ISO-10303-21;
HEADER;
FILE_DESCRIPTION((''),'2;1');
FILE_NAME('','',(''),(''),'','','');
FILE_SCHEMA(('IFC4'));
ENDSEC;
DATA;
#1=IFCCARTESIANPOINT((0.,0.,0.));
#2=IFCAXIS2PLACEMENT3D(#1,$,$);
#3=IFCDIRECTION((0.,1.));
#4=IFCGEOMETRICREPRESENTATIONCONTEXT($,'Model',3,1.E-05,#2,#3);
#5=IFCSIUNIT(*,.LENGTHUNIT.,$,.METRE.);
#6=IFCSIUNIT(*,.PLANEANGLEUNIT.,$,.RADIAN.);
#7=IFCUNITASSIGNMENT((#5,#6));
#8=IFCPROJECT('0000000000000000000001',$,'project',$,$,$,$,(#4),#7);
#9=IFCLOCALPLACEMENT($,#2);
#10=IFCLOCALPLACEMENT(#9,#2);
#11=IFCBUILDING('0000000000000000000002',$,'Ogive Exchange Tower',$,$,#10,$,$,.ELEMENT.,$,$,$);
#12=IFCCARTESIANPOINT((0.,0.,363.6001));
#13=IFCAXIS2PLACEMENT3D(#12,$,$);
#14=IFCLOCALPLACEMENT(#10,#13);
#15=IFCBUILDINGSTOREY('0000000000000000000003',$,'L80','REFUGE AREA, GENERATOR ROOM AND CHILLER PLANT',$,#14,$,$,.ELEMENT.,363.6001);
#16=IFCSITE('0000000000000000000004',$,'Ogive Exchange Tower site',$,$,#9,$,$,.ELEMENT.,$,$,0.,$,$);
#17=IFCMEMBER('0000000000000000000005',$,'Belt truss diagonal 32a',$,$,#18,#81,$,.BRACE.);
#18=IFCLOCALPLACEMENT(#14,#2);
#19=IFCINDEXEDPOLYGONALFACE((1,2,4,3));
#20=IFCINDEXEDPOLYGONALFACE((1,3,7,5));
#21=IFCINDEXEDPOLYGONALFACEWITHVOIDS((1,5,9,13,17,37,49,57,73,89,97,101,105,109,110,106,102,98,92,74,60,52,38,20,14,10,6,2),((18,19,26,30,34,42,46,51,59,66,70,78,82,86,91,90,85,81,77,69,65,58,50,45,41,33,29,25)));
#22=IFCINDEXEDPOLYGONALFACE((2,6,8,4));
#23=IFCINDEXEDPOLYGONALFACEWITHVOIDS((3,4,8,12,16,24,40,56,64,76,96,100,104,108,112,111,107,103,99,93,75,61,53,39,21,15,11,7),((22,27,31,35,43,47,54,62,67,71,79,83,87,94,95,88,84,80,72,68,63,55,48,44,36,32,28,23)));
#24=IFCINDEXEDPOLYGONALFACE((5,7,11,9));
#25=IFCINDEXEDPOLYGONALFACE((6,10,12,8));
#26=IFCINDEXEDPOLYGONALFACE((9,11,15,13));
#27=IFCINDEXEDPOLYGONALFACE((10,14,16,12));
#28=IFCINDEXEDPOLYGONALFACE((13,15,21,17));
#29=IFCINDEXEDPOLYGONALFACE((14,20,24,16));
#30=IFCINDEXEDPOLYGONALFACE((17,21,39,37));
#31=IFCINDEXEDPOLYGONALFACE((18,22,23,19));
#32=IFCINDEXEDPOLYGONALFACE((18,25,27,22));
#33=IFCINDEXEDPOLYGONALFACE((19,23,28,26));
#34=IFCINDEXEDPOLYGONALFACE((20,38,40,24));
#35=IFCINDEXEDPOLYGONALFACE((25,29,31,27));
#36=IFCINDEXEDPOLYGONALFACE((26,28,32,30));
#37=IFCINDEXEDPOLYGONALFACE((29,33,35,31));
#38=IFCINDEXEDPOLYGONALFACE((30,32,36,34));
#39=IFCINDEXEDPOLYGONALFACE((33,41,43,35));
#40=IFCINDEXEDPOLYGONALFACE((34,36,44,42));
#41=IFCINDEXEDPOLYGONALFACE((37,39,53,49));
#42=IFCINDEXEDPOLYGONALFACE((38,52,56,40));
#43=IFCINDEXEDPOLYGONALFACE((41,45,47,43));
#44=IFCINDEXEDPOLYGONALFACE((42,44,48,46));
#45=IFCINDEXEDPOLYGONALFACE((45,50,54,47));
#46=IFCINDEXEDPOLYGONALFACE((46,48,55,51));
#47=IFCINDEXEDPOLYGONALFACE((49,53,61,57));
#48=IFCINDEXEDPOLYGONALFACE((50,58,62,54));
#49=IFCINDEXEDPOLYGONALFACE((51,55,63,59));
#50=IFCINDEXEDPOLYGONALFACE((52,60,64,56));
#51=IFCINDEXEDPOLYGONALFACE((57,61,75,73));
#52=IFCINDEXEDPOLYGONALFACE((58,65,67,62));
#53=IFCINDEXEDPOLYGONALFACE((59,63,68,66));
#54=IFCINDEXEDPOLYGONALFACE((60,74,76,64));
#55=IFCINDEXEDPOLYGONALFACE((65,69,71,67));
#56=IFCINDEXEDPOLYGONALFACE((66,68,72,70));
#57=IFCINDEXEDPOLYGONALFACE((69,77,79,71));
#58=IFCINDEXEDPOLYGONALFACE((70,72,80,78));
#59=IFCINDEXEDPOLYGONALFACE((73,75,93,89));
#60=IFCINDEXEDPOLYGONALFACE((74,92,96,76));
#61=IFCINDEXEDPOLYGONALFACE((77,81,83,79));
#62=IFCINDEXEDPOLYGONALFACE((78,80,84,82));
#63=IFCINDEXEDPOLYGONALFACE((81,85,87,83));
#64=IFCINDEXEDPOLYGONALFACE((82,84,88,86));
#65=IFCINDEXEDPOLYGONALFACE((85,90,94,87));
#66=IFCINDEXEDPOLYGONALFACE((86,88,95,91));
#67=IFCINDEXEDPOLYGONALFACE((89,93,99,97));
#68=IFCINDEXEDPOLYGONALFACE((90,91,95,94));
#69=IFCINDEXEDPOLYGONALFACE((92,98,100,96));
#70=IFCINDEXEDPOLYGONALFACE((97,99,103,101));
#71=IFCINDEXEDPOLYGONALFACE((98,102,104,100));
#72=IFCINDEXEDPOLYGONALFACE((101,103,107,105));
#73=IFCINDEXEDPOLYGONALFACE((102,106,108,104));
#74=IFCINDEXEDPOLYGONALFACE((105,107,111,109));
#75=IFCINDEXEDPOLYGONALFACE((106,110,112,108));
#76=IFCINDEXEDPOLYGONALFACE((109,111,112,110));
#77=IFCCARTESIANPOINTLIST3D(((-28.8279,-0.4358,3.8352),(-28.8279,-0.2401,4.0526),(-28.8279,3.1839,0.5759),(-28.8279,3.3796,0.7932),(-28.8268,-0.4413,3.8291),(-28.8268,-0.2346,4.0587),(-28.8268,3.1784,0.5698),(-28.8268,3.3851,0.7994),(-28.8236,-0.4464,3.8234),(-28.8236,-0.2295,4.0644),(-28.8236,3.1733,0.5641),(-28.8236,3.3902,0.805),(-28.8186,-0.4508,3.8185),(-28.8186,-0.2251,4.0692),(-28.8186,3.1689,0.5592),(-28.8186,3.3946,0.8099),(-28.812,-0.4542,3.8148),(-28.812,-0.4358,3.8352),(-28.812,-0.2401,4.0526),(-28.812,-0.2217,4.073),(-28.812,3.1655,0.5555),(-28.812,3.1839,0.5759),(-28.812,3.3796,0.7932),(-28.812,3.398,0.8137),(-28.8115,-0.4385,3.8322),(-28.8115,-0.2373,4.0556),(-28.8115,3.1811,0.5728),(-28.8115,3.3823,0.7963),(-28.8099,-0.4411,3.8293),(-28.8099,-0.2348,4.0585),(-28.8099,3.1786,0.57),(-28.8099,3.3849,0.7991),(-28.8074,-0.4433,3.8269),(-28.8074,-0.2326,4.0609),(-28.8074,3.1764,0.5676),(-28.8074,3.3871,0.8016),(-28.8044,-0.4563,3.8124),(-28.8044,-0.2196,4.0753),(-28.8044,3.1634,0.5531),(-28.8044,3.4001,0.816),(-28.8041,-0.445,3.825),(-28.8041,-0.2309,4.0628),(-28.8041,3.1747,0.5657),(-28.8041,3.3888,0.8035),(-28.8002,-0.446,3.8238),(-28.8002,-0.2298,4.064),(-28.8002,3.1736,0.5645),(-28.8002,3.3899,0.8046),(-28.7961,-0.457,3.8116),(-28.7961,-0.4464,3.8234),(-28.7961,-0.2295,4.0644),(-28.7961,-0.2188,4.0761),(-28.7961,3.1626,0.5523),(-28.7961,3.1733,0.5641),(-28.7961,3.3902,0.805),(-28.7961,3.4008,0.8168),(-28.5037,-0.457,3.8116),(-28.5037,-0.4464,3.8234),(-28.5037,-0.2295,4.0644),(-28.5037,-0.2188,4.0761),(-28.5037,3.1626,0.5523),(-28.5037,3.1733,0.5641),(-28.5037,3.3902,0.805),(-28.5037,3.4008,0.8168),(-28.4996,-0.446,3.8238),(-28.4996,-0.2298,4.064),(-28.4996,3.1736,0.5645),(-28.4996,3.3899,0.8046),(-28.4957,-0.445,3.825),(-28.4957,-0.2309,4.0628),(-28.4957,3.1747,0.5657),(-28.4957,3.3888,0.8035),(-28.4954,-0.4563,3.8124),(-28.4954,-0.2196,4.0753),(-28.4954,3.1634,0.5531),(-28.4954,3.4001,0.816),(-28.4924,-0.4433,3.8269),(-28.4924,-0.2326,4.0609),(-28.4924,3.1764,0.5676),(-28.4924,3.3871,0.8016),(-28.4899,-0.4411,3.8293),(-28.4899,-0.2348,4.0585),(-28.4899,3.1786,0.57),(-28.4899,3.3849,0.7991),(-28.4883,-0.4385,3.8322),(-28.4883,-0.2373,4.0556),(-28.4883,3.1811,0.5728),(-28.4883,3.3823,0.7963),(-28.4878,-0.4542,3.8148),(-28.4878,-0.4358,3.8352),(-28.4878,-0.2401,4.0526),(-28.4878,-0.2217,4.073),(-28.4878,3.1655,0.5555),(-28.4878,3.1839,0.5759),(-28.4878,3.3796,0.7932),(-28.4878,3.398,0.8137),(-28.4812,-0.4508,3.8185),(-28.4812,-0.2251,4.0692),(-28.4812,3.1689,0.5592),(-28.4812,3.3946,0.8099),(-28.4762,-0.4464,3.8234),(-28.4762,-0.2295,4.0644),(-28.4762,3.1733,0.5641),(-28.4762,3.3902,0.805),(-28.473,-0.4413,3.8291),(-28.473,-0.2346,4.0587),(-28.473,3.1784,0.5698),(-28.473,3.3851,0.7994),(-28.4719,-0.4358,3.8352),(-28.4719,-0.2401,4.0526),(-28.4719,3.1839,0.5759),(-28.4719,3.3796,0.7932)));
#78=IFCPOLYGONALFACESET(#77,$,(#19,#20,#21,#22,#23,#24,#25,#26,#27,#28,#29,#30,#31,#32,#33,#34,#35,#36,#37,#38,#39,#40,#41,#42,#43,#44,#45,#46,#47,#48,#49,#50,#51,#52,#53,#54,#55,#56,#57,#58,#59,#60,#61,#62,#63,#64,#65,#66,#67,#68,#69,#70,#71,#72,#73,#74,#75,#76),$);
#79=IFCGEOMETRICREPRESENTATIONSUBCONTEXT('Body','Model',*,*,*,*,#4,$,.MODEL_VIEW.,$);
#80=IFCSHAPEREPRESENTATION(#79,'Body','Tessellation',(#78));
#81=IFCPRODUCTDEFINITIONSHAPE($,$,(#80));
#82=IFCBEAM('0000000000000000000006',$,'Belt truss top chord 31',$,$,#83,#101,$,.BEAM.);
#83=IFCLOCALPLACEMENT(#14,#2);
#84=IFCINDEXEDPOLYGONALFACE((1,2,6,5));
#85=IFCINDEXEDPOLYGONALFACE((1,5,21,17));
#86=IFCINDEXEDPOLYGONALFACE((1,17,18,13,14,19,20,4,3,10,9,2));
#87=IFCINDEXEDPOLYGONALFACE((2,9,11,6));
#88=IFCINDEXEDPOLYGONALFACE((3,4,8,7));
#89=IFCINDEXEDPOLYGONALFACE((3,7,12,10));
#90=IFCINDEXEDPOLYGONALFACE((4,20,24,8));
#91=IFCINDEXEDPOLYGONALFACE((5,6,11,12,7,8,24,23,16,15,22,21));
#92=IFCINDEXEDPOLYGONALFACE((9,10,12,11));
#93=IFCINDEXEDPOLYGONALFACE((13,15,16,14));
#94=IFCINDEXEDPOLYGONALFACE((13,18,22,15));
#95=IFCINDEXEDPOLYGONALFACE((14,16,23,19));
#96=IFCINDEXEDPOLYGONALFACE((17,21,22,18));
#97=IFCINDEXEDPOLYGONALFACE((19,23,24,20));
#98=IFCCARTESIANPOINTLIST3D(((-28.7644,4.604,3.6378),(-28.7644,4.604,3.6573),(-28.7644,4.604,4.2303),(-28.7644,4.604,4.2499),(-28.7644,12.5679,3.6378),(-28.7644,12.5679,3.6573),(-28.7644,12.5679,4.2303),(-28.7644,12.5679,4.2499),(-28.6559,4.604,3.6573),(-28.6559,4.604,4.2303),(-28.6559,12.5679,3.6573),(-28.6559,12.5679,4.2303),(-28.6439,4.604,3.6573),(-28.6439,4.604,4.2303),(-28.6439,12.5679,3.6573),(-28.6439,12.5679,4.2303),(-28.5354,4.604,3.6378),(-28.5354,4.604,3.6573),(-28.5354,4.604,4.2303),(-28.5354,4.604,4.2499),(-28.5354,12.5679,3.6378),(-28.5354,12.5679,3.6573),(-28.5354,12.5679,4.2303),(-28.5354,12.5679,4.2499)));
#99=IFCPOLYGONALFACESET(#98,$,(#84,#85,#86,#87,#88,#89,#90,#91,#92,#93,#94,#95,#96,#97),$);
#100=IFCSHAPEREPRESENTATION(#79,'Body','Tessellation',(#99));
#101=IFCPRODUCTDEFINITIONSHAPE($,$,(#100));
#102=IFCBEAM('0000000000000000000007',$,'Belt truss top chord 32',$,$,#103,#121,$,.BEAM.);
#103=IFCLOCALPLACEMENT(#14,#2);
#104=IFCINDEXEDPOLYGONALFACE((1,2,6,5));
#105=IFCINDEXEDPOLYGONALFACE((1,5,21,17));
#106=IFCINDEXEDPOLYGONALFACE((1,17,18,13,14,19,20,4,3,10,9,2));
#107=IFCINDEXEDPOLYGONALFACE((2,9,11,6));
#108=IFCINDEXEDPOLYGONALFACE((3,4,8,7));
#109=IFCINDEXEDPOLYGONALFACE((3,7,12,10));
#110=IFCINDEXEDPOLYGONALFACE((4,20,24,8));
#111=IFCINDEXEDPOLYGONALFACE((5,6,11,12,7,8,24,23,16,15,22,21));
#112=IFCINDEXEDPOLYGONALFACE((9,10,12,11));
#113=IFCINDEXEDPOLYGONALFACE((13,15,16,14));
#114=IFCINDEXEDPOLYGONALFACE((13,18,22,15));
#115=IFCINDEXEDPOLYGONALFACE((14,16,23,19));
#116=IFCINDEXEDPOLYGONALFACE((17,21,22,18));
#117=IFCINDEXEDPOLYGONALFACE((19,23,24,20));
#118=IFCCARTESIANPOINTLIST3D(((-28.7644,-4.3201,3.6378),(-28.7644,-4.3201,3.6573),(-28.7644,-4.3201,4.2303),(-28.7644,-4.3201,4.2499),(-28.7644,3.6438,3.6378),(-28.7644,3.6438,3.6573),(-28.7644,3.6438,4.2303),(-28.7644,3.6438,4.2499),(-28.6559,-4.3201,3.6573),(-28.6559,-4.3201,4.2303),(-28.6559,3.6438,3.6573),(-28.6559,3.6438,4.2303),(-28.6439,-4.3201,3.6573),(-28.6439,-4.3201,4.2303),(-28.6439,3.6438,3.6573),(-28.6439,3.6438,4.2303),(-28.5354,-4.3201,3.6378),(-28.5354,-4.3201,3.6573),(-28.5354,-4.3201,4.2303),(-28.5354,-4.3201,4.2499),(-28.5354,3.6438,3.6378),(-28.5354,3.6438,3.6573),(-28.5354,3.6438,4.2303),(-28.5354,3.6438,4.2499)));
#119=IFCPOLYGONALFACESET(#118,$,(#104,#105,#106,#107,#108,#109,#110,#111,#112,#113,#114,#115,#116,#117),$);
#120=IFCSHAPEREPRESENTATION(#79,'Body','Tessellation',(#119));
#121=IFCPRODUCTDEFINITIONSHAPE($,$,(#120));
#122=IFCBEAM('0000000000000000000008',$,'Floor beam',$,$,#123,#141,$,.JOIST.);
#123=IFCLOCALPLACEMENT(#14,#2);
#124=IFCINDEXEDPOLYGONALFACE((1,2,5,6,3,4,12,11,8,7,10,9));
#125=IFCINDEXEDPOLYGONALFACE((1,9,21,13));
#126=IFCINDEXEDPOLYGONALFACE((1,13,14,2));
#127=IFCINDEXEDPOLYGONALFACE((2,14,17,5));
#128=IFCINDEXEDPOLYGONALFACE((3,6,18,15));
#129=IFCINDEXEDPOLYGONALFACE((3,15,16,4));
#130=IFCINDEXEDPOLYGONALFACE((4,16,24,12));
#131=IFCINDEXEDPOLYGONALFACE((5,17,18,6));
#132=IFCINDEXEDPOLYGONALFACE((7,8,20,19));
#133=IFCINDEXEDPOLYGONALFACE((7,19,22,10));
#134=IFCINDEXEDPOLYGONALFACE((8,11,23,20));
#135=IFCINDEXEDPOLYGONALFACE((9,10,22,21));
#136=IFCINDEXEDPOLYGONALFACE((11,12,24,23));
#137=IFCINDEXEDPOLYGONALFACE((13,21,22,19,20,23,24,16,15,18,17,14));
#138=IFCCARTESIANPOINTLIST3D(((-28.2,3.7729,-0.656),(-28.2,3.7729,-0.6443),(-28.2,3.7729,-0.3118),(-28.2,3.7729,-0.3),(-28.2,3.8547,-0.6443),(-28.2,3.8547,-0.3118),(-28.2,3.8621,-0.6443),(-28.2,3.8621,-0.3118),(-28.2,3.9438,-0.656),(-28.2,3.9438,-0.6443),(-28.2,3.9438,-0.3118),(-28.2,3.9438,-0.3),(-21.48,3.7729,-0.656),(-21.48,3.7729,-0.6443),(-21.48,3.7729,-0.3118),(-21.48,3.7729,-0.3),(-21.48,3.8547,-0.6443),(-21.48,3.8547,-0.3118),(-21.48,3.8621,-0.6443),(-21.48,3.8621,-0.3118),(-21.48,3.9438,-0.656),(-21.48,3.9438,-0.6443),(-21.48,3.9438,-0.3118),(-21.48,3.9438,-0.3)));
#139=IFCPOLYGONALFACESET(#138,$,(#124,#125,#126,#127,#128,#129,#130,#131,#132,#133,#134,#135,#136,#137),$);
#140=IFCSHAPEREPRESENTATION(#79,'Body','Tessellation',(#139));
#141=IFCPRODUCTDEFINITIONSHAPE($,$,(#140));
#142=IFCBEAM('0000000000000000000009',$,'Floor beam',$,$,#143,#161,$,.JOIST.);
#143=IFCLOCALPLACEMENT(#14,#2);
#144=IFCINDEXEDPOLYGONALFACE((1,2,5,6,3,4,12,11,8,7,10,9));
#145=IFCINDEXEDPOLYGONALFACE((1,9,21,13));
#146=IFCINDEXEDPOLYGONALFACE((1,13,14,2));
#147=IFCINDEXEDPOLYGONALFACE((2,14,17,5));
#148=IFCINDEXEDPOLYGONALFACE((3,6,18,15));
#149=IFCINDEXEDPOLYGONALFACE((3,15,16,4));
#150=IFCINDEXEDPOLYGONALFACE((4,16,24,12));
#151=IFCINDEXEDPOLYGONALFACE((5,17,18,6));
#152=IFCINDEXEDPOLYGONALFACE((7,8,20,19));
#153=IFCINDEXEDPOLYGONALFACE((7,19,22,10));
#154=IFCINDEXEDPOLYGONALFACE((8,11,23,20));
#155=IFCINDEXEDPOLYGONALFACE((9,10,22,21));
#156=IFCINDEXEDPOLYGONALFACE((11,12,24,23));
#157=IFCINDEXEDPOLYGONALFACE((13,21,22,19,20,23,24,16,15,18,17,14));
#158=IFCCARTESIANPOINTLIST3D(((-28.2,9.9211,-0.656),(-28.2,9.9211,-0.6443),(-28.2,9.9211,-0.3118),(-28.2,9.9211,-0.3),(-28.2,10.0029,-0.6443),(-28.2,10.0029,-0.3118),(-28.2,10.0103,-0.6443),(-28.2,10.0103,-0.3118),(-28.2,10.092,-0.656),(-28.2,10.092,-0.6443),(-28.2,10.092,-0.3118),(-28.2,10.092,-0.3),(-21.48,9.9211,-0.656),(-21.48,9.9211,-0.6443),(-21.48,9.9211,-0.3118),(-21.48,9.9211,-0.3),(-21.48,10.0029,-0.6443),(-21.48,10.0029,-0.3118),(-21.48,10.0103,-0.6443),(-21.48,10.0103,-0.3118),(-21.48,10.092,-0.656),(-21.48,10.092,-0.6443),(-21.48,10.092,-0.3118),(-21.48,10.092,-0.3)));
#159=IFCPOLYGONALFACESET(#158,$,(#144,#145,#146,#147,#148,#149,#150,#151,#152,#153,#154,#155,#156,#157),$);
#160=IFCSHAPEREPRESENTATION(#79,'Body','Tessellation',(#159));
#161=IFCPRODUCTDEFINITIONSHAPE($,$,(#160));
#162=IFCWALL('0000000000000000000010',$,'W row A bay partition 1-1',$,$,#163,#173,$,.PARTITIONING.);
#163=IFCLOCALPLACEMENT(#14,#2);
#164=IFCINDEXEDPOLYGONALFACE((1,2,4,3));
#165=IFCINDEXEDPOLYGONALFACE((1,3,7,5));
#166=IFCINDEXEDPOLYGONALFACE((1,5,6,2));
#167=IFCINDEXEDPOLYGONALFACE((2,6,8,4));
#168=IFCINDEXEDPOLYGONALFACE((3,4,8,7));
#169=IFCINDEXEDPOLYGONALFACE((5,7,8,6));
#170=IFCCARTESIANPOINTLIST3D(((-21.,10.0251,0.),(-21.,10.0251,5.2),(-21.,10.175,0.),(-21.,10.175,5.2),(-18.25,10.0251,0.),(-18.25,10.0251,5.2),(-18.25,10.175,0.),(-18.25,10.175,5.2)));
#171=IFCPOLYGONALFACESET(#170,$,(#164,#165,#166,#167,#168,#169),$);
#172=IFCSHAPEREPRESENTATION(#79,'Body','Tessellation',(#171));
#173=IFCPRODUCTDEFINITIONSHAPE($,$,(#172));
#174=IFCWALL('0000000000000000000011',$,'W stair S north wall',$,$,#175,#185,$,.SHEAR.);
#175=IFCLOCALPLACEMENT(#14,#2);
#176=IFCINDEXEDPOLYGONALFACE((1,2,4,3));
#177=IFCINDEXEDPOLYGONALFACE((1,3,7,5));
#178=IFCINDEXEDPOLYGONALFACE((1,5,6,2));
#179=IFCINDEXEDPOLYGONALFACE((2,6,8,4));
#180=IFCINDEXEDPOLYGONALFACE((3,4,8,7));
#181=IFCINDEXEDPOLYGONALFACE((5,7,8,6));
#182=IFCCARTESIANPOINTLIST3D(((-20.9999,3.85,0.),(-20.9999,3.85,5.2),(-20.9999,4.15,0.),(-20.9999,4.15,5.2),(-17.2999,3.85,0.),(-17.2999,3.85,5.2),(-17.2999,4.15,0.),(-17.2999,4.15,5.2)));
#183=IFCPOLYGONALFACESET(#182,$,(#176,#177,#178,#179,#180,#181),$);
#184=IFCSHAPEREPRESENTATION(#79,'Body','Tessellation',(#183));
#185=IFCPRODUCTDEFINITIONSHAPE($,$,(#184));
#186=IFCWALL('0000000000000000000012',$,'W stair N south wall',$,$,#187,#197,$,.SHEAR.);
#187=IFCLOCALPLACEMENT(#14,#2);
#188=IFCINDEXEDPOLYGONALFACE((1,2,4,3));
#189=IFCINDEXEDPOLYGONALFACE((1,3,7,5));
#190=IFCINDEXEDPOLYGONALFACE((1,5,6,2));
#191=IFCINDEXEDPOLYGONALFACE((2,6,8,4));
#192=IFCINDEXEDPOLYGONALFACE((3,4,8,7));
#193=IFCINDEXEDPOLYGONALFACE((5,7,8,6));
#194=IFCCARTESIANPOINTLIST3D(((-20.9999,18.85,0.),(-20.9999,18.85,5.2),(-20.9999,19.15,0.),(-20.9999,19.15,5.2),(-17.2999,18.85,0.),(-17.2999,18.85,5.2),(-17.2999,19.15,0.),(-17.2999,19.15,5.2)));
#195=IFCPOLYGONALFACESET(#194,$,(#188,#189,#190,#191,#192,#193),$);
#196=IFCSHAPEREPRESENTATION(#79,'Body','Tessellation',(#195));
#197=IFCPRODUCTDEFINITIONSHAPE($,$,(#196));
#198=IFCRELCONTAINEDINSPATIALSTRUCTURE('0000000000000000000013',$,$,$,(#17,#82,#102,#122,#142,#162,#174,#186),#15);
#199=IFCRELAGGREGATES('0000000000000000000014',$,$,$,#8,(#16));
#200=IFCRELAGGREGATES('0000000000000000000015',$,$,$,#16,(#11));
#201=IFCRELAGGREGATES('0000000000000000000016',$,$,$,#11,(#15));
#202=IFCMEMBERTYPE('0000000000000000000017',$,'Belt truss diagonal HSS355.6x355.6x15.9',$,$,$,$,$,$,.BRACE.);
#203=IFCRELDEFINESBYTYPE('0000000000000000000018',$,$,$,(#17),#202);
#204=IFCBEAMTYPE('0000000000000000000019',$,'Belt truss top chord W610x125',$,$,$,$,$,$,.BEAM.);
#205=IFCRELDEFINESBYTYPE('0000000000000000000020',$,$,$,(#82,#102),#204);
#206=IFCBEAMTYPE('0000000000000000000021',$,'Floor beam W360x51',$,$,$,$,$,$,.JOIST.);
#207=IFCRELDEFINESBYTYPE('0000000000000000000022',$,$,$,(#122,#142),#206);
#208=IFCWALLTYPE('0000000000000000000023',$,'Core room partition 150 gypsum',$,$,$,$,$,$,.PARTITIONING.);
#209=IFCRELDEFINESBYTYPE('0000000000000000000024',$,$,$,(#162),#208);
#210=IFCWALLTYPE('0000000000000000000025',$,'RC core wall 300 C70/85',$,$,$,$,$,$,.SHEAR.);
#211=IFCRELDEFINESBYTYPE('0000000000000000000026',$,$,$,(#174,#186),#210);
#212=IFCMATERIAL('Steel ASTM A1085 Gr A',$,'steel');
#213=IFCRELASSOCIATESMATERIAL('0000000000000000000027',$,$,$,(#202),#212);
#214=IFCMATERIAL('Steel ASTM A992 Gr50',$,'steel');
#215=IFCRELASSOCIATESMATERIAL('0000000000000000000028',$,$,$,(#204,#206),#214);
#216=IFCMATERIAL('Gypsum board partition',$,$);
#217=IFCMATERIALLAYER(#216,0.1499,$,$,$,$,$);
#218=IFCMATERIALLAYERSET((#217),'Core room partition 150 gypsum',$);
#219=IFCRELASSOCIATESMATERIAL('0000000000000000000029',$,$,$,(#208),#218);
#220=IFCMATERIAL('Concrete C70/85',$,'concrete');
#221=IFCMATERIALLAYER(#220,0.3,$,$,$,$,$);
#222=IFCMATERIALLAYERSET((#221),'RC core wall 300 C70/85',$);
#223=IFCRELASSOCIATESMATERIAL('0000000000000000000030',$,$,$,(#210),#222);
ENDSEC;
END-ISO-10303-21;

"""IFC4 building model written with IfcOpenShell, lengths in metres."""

from ifc_helpers import new_model, si_unit, direction, frame, frame_2d, origin, origin_2d, place, context, subcontext, project, spatial, rectangle, hollow_rectangle, i_section, extrude, material, layer, layer_set, material_profile, profile_set, type_object, element, save


model = new_model("IFC4")

# Units and contexts
model_context = context("Model", 3, precision=1e-05, world=origin(), true_north=direction((0.0, 1.0)))
body_context = subcontext(model_context, "Body", "Model", "MODEL_VIEW")
ifc_project = project(units=[si_unit("LENGTHUNIT", "METRE"), si_unit("PLANEANGLEUNIT", "RADIAN")], contexts=[model_context])

# Site, building, storey
site_placement = place(None, origin())
site = spatial("IfcSite", under=ifc_project, at=site_placement, Name="Ogive Exchange Tower site", CompositionType="ELEMENT", RefElevation=0.0)
building_placement = place(site_placement, origin())
building = spatial("IfcBuilding", under=site, at=building_placement, Name="Ogive Exchange Tower", CompositionType="ELEMENT")
storey_placement = place(building_placement, frame((0.0, 0.0, 363.6001)))
storey = spatial("IfcBuildingStorey", under=building, at=storey_placement, Name="L80", Description="REFUGE AREA, GENERATOR ROOM AND CHILLER PLANT", CompositionType="ELEMENT", Elevation=363.6001)

# Shared definitions
ifc_material_1 = material(Name="Steel ASTM A992 Gr50", Category="steel")

# Member
ifc_material_2 = material(Name="Steel ASTM A1085 Gr A", Category="steel")
ifc_material_profile_1 = material_profile(ifc_material_2, hollow_rectangle(XDim=0.356, YDim=0.356, WallThickness=0.0159, InnerFilletRadius=0.0159, OuterFilletRadius=0.0317, at=origin_2d()), Name="HSS355.6x355.6x15.9")
ifc_profile_set_1 = profile_set([ifc_material_profile_1], Name="Steel ASTM A1085 Gr A")
member_type = type_object("IfcMemberType", Name="Belt truss diagonal HSS355.6x355.6x15.9", PredefinedType="BRACE", material=ifc_profile_set_1)
member_1_placement = place(storey_placement, frame((-28.6499, 3.2817, 0.6846), z_axis=(0.0, -0.74313, 0.669147), x_axis=(1.0, 0.0, 0.0)))
element("IfcMember", 1, at=member_1_placement, inside=storey, type_object=member_type, Name="Belt truss diagonal 32a", PredefinedType="BRACE", context=body_context, shape_type="SweptSolid", body=[
    extrude(hollow_rectangle(XDim=0.356, YDim=0.356, WallThickness=0.0159, InnerFilletRadius=0.0159, OuterFilletRadius=0.0317, at=origin_2d()), origin(), (0.0, 0.0, 1.0), 4.8708),
])

# Beams
ifc_material_profile_2 = material_profile(ifc_material_1, i_section(OverallWidth=0.229, OverallDepth=0.6121, WebThickness=0.012, FlangeThickness=0.0195, at=origin_2d()), Name="W610x125")
ifc_profile_set_2 = profile_set([ifc_material_profile_2], Name="Steel ASTM A992 Gr50")
beam_type_1 = type_object("IfcBeamType", Name="Belt truss top chord W610x125", PredefinedType="BEAM", material=ifc_profile_set_2)
for number, where, z_axis, x_axis, name in (
    (2, (-28.6499, 12.5679, 3.9438), (0.0, -1.0, 0.0), (1.0, 0.0, 0.0), "Belt truss top chord 31"),
    (3, (-28.6499, 3.6438, 3.9438), (0.0, -1.0, 0.0), (1.0, 0.0, 0.0), "Belt truss top chord 32"),
):
    element("IfcBeam", number, at=place(storey_placement, frame(where, z_axis=z_axis, x_axis=x_axis)), inside=storey, type_object=beam_type_1, Name=name, PredefinedType="BEAM", context=body_context, shape_type="SweptSolid", body=[
        extrude(i_section(OverallWidth=0.229, OverallDepth=0.6121, WebThickness=0.012, FlangeThickness=0.0195, at=origin_2d()), origin(), (0.0, 0.0, 1.0), 7.9639),
    ])
ifc_material_profile_3 = material_profile(ifc_material_1, i_section(OverallWidth=0.1709, OverallDepth=0.356, WebThickness=0.0073, FlangeThickness=0.0117, at=origin_2d()), Name="W360x51")
ifc_profile_set_3 = profile_set([ifc_material_profile_3], Name="Steel ASTM A992 Gr50")
beam_type_2 = type_object("IfcBeamType", Name="Floor beam W360x51", PredefinedType="JOIST", material=ifc_profile_set_3)
for number, where, z_axis, x_axis, name in (
    (4, (-28.2, 3.8584, -0.478), (1.0, 0.0, 0.0), (0.0, 1.0, 0.0), "Floor beam"),
    (5, (-28.2, 10.0066, -0.478), (1.0, 0.0, 0.0), (0.0, 1.0, 0.0), "Floor beam"),
):
    element("IfcBeam", number, at=place(storey_placement, frame(where, z_axis=z_axis, x_axis=x_axis)), inside=storey, type_object=beam_type_2, Name=name, PredefinedType="JOIST", context=body_context, shape_type="SweptSolid", body=[
        extrude(i_section(OverallWidth=0.1709, OverallDepth=0.356, WebThickness=0.0073, FlangeThickness=0.0117, at=origin_2d()), origin(), (0.0, 0.0, 1.0), 6.72),
    ])

# Walls
ifc_material_3 = material(Name="Gypsum board partition")
ifc_layer_1 = layer(ifc_material_3, 0.1499)
ifc_layer_set_1 = layer_set([ifc_layer_1], Name="Core room partition 150 gypsum")
wall_type_1 = type_object("IfcWallType", Name="Core room partition 150 gypsum", PredefinedType="PARTITIONING", material=ifc_layer_set_1)
wall_1_placement = place(storey_placement, frame((-21.0, 10.1001, 0.0), z_axis=(0.0, 0.0, 1.0), x_axis=(1.0, 0.0, 0.0)))
element("IfcWall", 6, at=wall_1_placement, inside=storey, type_object=wall_type_1, Name="W row A bay partition 1-1", PredefinedType="PARTITIONING", context=body_context, shape_type="SweptSolid", body=[
    extrude(rectangle(XDim=2.75, YDim=0.1499, at=frame_2d((1.375, 0.0))), origin(), (0.0, 0.0, 1.0), 5.2),
])
ifc_material_4 = material(Name="Concrete C70/85", Category="concrete")
ifc_layer_2 = layer(ifc_material_4, 0.3)
ifc_layer_set_2 = layer_set([ifc_layer_2], Name="RC core wall 300 C70/85")
wall_type_2 = type_object("IfcWallType", Name="RC core wall 300 C70/85", PredefinedType="SHEAR", material=ifc_layer_set_2)
for number, where, z_axis, x_axis, name in (
    (7, (-21.0, 4.0, 0.0), (0.0, 0.0, 1.0), (1.0, 0.0, 0.0), "W stair S north wall"),
    (8, (-21.0, 19.0, 0.0), (0.0, 0.0, 1.0), (1.0, 0.0, 0.0), "W stair N south wall"),
):
    element("IfcWall", number, at=place(storey_placement, frame(where, z_axis=z_axis, x_axis=x_axis)), inside=storey, type_object=wall_type_2, Name=name, PredefinedType="SHEAR", context=body_context, shape_type="SweptSolid", body=[
        extrude(rectangle(XDim=3.7, YDim=0.3, at=frame_2d((1.8501, 0.0))), origin(), (0.0, 0.0, 1.0), 5.2),
    ])

save(model, "model.ifc")
